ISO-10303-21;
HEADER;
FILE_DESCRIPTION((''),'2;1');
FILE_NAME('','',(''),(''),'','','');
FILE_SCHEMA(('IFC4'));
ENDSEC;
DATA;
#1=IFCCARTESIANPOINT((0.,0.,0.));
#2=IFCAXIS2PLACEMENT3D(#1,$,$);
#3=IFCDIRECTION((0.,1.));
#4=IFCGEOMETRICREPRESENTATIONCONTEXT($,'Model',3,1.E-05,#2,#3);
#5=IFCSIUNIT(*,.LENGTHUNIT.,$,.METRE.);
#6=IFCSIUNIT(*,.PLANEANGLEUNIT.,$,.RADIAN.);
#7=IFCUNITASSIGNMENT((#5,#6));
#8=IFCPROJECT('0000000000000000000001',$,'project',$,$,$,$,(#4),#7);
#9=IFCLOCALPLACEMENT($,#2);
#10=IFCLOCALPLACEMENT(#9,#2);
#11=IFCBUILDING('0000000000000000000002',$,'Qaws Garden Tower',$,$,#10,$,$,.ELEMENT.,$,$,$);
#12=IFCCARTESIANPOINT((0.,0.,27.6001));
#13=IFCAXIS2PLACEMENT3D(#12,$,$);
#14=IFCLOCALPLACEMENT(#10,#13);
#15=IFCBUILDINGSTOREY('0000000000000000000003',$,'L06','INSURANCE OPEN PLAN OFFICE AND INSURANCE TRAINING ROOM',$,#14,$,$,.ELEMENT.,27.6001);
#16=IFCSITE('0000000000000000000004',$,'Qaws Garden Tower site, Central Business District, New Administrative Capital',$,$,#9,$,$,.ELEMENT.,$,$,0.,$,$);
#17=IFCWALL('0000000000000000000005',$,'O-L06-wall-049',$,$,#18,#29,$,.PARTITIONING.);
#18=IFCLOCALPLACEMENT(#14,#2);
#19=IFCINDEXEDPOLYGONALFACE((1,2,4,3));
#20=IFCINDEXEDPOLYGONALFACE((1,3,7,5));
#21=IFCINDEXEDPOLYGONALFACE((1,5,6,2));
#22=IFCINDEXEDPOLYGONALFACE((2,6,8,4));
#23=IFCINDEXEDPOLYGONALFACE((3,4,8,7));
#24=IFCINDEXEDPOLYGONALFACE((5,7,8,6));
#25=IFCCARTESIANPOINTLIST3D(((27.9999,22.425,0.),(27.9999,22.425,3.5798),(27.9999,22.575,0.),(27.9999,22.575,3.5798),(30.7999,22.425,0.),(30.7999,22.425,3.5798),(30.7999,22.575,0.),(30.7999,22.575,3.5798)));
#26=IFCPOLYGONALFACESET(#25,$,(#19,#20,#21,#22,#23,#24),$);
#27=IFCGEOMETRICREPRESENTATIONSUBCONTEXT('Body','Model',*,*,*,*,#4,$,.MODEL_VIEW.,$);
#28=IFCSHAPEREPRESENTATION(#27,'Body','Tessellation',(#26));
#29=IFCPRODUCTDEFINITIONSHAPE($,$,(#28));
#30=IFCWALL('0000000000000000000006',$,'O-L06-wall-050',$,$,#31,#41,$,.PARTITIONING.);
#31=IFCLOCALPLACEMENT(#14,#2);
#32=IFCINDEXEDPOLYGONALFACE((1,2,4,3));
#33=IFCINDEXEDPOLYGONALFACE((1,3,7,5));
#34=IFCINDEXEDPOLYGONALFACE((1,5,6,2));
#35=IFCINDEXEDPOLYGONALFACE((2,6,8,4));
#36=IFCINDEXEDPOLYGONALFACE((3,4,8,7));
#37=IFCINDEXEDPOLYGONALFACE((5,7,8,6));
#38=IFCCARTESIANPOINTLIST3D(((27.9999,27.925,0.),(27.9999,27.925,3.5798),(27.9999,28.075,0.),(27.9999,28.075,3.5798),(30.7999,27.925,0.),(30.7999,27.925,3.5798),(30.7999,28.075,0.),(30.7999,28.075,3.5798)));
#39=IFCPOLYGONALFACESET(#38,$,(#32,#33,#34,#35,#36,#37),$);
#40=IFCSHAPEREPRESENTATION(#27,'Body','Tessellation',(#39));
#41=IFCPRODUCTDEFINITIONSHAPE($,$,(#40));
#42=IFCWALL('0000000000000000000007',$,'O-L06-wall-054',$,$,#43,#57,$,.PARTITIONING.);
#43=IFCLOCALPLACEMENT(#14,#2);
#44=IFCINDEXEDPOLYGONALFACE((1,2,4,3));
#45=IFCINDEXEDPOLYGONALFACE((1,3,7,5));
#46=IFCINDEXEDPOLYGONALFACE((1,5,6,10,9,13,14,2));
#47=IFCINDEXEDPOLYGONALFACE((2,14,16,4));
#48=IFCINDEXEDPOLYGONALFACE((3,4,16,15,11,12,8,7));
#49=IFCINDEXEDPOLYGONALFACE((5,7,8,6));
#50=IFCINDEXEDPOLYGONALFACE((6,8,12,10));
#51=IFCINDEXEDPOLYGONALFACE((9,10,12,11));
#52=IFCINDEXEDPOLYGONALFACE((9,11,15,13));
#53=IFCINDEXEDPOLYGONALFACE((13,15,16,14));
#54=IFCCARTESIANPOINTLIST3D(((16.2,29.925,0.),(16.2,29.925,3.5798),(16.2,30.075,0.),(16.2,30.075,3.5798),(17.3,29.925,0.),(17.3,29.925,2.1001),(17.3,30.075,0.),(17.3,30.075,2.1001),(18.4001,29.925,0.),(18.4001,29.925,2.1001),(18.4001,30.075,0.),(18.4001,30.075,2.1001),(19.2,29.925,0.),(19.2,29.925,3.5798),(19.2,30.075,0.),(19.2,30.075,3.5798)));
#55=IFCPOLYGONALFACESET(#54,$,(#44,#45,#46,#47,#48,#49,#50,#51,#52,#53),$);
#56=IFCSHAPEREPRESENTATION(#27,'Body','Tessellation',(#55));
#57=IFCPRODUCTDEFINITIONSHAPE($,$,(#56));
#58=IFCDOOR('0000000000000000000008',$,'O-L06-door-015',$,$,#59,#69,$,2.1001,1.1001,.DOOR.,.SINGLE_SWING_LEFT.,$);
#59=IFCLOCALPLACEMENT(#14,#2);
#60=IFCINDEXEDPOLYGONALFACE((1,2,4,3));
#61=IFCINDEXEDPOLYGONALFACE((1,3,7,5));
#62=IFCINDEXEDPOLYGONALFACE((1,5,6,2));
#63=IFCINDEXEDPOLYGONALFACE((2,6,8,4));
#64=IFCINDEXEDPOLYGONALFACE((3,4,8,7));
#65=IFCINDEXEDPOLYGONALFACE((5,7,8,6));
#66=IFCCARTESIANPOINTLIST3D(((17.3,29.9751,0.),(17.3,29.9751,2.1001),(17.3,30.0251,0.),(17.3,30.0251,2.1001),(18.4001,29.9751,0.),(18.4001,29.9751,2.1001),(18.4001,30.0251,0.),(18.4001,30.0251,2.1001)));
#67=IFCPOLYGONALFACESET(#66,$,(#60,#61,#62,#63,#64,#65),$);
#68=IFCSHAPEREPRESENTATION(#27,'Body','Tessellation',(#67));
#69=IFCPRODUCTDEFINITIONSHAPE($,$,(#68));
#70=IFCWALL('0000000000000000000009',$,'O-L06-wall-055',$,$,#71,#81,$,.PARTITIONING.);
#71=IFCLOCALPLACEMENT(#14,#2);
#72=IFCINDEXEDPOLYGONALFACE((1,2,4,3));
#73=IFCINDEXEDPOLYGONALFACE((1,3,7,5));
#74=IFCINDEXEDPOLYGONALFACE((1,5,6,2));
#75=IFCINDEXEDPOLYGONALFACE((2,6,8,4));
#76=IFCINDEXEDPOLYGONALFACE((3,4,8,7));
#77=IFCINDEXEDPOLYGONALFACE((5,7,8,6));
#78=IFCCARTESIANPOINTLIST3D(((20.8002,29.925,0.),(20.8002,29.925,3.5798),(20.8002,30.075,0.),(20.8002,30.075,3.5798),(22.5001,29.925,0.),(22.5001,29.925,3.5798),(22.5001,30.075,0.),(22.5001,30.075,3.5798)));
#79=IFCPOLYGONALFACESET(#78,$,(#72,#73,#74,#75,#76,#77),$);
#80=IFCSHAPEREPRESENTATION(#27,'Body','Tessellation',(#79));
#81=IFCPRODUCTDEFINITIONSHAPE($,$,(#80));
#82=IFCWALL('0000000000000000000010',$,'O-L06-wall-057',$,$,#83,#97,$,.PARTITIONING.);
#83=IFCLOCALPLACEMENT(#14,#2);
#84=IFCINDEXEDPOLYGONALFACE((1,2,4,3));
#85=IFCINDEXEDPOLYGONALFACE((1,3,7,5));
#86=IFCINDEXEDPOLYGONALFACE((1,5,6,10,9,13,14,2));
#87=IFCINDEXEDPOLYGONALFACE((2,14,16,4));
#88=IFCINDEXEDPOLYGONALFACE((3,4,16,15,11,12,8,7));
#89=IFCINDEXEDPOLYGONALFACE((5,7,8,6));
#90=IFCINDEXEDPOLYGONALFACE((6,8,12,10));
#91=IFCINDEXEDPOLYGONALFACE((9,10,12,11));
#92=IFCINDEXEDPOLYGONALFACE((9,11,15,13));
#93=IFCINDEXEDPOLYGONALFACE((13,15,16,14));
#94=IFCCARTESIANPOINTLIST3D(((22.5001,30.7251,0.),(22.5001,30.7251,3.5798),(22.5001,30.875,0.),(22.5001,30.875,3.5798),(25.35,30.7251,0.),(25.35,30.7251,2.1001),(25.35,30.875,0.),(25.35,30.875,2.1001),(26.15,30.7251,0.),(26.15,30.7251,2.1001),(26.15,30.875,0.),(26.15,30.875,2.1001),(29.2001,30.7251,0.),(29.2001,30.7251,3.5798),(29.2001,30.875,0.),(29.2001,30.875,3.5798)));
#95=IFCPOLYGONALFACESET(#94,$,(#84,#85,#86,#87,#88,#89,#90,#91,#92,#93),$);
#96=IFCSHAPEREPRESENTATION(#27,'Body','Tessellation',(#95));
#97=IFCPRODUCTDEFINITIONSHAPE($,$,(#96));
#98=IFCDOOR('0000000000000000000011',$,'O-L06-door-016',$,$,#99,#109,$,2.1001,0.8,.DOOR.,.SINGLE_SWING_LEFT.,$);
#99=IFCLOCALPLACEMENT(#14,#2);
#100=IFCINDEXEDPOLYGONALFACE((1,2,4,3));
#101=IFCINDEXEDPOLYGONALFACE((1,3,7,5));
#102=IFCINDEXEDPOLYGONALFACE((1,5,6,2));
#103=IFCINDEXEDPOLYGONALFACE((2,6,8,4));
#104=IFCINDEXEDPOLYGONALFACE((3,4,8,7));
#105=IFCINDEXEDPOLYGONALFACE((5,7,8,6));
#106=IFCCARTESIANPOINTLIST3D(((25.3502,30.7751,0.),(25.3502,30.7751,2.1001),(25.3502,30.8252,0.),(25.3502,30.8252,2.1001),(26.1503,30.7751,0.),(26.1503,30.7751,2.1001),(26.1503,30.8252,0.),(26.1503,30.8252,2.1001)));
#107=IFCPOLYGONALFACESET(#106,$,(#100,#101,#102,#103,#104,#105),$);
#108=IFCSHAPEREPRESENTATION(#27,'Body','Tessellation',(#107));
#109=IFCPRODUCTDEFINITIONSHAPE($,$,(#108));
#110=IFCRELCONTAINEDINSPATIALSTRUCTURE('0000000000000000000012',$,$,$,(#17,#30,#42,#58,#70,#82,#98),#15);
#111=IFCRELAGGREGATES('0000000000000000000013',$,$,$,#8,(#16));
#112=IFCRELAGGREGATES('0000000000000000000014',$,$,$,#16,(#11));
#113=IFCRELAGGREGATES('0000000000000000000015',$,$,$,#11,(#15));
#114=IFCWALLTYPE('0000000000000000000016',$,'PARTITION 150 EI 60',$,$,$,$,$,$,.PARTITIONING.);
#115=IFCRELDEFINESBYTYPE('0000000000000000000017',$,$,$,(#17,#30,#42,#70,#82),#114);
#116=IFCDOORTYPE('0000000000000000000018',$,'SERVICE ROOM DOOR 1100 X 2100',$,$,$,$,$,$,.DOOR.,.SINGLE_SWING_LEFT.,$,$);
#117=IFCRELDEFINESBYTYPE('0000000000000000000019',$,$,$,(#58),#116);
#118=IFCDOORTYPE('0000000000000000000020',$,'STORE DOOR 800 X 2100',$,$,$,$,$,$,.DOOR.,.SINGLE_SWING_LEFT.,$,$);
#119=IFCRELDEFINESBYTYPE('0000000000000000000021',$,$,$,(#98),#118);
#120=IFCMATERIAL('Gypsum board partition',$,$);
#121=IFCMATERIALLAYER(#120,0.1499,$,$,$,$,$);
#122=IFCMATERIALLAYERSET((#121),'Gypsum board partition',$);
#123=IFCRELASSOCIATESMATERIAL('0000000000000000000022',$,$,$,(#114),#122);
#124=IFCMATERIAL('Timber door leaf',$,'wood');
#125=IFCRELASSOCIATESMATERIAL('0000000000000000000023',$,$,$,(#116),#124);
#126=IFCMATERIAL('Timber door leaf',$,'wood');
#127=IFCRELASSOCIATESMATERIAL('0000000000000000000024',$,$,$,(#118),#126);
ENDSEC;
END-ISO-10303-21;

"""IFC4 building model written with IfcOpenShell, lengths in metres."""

from ifc_helpers import new_model, si_unit, direction, frame, frame_2d, origin, place, context, subcontext, project, spatial, rectangle, extrude, material, layer, layer_set, type_object, element, fill, save


model = new_model("IFC4")

# Units and contexts
model_context = context("Model", 3, precision=1e-05, world=origin(), true_north=direction((0.0, 1.0)))
body_context = subcontext(model_context, "Body", "Model", "MODEL_VIEW")
ifc_project = project(units=[si_unit("LENGTHUNIT", "METRE"), si_unit("PLANEANGLEUNIT", "RADIAN")], contexts=[model_context])

# Site, building, storey
site_placement = place(None, origin())
site = spatial("IfcSite", under=ifc_project, at=site_placement, Name="Qaws Garden Tower site, Central Business District, New Administrative Capital", CompositionType="ELEMENT", RefElevation=0.0)
building_placement = place(site_placement, origin())
building = spatial("IfcBuilding", under=site, at=building_placement, Name="Qaws Garden Tower", CompositionType="ELEMENT")
storey_placement = place(building_placement, frame((0.0, 0.0, 27.6001)))
storey = spatial("IfcBuildingStorey", under=building, at=storey_placement, Name="L06", Description="INSURANCE OPEN PLAN OFFICE AND INSURANCE TRAINING ROOM", CompositionType="ELEMENT", Elevation=27.6001)

# Shared definitions
ifc_material_1 = material(Name="Gypsum board partition")
ifc_layer_1 = layer(ifc_material_1, 0.1499)
ifc_layer_set_1 = layer_set([ifc_layer_1], Name="Gypsum board partition")
wall_type_1 = type_object("IfcWallType", Name="PARTITION 150 EI 60", PredefinedType="PARTITIONING", material=ifc_layer_set_1)

# Shared definitions
ifc_material_2 = material(Name="Timber door leaf", Category="wood")
door_type_1 = type_object("IfcDoorType", Name="SERVICE ROOM DOOR 1100 X 2100", OperationType="SINGLE_SWING_LEFT", PredefinedType="DOOR", material=ifc_material_2)

# Walls
for number, where, z_axis, x_axis, name in (
    (1, (28.0, 22.5, 0.0), (0.0, 0.0, 1.0), (1.0, 0.0, 0.0), "O-L06-wall-049"),
    (2, (28.0, 28.0, 0.0), (0.0, 0.0, 1.0), (1.0, 0.0, 0.0), "O-L06-wall-050"),
):
    element("IfcWall", number, at=place(storey_placement, frame(where, z_axis=z_axis, x_axis=x_axis)), inside=storey, type_object=wall_type_1, Name=name, PredefinedType="PARTITIONING", context=body_context, shape_type="SweptSolid", body=[
        extrude(rectangle(XDim=2.8, YDim=0.1499, at=frame_2d((1.3999, 0.0))), origin(), (0.0, 0.0, 1.0), 3.5798),
    ])

# Wall, opening, door
wall_1_placement = place(storey_placement, frame((16.2, 30.0, 0.0), z_axis=(0.0, 0.0, 1.0), x_axis=(1.0, 0.0, 0.0)))
wall_1 = element("IfcWall", 3, at=wall_1_placement, inside=storey, type_object=wall_type_1, Name="O-L06-wall-054", PredefinedType="PARTITIONING", context=body_context, shape_type="SweptSolid", body=[
    extrude(rectangle(XDim=3.0, YDim=0.1499, at=frame_2d((1.5, 0.0))), origin(), (0.0, 0.0, 1.0), 3.5798),
])
opening_1_placement = place(wall_1_placement, frame((1.1001, 0.0, 0.0)))
opening_1 = element("IfcOpeningElement", 4, at=opening_1_placement, cuts=wall_1, PredefinedType="OPENING", context=body_context, shape_type="SweptSolid", body=[
    extrude(rectangle(XDim=1.1001, YDim=2.1001, at=frame_2d((0.55, 1.05))), frame((0.0, 0.085, 0.0), z_axis=(0.0, -1.0, 0.0), x_axis=(1.0, 0.0, 0.0)), (0.0, 0.0, 1.0), 0.1699),
])
door_1_placement = place(opening_1_placement, frame((1.1001, 0.0, 0.0), z_axis=(0.0, 0.0, 1.0), x_axis=(-1.0, 0.0, 0.0)))
door_1 = element("IfcDoor", 5, at=door_1_placement, inside=storey, type_object=door_type_1, Name="O-L06-door-015", OperationType="SINGLE_SWING_LEFT", OverallHeight=2.1001, OverallWidth=1.1001, PredefinedType="DOOR", context=body_context, shape_type="SweptSolid", body=[
    extrude(rectangle(XDim=1.1001, YDim=2.1001, at=frame_2d((0.55, 1.05))), frame((0.0, 0.0249, 0.0), z_axis=(0.0, -1.0, 0.0), x_axis=(1.0, 0.0, 0.0)), (0.0, 0.0, 1.0), 0.05),
])
fill(opening_1, door_1)

# Wall
wall_2_placement = place(storey_placement, frame((20.8, 30.0, 0.0), z_axis=(0.0, 0.0, 1.0), x_axis=(1.0, 0.0, 0.0)))
element("IfcWall", 6, at=wall_2_placement, inside=storey, type_object=wall_type_1, Name="O-L06-wall-055", PredefinedType="PARTITIONING", context=body_context, shape_type="SweptSolid", body=[
    extrude(rectangle(XDim=1.7, YDim=0.1499, at=frame_2d((0.8501, 0.0))), origin(), (0.0, 0.0, 1.0), 3.5798),
])

# Wall, opening, door
wall_3_placement = place(storey_placement, frame((22.5, 30.8, 0.0), z_axis=(0.0, 0.0, 1.0), x_axis=(1.0, 0.0, 0.0)))
wall_3 = element("IfcWall", 7, at=wall_3_placement, inside=storey, type_object=wall_type_1, Name="O-L06-wall-057", PredefinedType="PARTITIONING", context=body_context, shape_type="SweptSolid", body=[
    extrude(rectangle(XDim=6.7, YDim=0.1499, at=frame_2d((3.3501, 0.0))), origin(), (0.0, 0.0, 1.0), 3.5798),
])
opening_2_placement = place(wall_3_placement, frame((2.8501, 0.0, 0.0)))
opening_2 = element("IfcOpeningElement", 8, at=opening_2_placement, cuts=wall_3, PredefinedType="OPENING", context=body_context, shape_type="SweptSolid", body=[
    extrude(rectangle(XDim=0.8, YDim=2.1001, at=frame_2d((0.3999, 1.05))), frame((0.0, 0.085, 0.0), z_axis=(0.0, -1.0, 0.0), x_axis=(1.0, 0.0, 0.0)), (0.0, 0.0, 1.0), 0.1699),
])
ifc_material_3 = material(Name="Timber door leaf", Category="wood")
door_type_2 = type_object("IfcDoorType", Name="STORE DOOR 800 X 2100", OperationType="SINGLE_SWING_LEFT", PredefinedType="DOOR", material=ifc_material_3)
door_2_placement = place(opening_2_placement, frame((0.8, 0.0, 0.0), z_axis=(0.0, 0.0, 1.0), x_axis=(-1.0, 0.0, 0.0)))
door_2 = element("IfcDoor", 9, at=door_2_placement, inside=storey, type_object=door_type_2, Name="O-L06-door-016", OperationType="SINGLE_SWING_LEFT", OverallHeight=2.1001, OverallWidth=0.8, PredefinedType="DOOR", context=body_context, shape_type="SweptSolid", body=[
    extrude(rectangle(XDim=0.8, YDim=2.1001, at=frame_2d((0.3999, 1.05))), frame((0.0, 0.0249, 0.0), z_axis=(0.0, -1.0, 0.0), x_axis=(1.0, 0.0, 0.0)), (0.0, 0.0, 1.0), 0.05),
])
fill(opening_2, door_2)

save(model, "model.ifc")
